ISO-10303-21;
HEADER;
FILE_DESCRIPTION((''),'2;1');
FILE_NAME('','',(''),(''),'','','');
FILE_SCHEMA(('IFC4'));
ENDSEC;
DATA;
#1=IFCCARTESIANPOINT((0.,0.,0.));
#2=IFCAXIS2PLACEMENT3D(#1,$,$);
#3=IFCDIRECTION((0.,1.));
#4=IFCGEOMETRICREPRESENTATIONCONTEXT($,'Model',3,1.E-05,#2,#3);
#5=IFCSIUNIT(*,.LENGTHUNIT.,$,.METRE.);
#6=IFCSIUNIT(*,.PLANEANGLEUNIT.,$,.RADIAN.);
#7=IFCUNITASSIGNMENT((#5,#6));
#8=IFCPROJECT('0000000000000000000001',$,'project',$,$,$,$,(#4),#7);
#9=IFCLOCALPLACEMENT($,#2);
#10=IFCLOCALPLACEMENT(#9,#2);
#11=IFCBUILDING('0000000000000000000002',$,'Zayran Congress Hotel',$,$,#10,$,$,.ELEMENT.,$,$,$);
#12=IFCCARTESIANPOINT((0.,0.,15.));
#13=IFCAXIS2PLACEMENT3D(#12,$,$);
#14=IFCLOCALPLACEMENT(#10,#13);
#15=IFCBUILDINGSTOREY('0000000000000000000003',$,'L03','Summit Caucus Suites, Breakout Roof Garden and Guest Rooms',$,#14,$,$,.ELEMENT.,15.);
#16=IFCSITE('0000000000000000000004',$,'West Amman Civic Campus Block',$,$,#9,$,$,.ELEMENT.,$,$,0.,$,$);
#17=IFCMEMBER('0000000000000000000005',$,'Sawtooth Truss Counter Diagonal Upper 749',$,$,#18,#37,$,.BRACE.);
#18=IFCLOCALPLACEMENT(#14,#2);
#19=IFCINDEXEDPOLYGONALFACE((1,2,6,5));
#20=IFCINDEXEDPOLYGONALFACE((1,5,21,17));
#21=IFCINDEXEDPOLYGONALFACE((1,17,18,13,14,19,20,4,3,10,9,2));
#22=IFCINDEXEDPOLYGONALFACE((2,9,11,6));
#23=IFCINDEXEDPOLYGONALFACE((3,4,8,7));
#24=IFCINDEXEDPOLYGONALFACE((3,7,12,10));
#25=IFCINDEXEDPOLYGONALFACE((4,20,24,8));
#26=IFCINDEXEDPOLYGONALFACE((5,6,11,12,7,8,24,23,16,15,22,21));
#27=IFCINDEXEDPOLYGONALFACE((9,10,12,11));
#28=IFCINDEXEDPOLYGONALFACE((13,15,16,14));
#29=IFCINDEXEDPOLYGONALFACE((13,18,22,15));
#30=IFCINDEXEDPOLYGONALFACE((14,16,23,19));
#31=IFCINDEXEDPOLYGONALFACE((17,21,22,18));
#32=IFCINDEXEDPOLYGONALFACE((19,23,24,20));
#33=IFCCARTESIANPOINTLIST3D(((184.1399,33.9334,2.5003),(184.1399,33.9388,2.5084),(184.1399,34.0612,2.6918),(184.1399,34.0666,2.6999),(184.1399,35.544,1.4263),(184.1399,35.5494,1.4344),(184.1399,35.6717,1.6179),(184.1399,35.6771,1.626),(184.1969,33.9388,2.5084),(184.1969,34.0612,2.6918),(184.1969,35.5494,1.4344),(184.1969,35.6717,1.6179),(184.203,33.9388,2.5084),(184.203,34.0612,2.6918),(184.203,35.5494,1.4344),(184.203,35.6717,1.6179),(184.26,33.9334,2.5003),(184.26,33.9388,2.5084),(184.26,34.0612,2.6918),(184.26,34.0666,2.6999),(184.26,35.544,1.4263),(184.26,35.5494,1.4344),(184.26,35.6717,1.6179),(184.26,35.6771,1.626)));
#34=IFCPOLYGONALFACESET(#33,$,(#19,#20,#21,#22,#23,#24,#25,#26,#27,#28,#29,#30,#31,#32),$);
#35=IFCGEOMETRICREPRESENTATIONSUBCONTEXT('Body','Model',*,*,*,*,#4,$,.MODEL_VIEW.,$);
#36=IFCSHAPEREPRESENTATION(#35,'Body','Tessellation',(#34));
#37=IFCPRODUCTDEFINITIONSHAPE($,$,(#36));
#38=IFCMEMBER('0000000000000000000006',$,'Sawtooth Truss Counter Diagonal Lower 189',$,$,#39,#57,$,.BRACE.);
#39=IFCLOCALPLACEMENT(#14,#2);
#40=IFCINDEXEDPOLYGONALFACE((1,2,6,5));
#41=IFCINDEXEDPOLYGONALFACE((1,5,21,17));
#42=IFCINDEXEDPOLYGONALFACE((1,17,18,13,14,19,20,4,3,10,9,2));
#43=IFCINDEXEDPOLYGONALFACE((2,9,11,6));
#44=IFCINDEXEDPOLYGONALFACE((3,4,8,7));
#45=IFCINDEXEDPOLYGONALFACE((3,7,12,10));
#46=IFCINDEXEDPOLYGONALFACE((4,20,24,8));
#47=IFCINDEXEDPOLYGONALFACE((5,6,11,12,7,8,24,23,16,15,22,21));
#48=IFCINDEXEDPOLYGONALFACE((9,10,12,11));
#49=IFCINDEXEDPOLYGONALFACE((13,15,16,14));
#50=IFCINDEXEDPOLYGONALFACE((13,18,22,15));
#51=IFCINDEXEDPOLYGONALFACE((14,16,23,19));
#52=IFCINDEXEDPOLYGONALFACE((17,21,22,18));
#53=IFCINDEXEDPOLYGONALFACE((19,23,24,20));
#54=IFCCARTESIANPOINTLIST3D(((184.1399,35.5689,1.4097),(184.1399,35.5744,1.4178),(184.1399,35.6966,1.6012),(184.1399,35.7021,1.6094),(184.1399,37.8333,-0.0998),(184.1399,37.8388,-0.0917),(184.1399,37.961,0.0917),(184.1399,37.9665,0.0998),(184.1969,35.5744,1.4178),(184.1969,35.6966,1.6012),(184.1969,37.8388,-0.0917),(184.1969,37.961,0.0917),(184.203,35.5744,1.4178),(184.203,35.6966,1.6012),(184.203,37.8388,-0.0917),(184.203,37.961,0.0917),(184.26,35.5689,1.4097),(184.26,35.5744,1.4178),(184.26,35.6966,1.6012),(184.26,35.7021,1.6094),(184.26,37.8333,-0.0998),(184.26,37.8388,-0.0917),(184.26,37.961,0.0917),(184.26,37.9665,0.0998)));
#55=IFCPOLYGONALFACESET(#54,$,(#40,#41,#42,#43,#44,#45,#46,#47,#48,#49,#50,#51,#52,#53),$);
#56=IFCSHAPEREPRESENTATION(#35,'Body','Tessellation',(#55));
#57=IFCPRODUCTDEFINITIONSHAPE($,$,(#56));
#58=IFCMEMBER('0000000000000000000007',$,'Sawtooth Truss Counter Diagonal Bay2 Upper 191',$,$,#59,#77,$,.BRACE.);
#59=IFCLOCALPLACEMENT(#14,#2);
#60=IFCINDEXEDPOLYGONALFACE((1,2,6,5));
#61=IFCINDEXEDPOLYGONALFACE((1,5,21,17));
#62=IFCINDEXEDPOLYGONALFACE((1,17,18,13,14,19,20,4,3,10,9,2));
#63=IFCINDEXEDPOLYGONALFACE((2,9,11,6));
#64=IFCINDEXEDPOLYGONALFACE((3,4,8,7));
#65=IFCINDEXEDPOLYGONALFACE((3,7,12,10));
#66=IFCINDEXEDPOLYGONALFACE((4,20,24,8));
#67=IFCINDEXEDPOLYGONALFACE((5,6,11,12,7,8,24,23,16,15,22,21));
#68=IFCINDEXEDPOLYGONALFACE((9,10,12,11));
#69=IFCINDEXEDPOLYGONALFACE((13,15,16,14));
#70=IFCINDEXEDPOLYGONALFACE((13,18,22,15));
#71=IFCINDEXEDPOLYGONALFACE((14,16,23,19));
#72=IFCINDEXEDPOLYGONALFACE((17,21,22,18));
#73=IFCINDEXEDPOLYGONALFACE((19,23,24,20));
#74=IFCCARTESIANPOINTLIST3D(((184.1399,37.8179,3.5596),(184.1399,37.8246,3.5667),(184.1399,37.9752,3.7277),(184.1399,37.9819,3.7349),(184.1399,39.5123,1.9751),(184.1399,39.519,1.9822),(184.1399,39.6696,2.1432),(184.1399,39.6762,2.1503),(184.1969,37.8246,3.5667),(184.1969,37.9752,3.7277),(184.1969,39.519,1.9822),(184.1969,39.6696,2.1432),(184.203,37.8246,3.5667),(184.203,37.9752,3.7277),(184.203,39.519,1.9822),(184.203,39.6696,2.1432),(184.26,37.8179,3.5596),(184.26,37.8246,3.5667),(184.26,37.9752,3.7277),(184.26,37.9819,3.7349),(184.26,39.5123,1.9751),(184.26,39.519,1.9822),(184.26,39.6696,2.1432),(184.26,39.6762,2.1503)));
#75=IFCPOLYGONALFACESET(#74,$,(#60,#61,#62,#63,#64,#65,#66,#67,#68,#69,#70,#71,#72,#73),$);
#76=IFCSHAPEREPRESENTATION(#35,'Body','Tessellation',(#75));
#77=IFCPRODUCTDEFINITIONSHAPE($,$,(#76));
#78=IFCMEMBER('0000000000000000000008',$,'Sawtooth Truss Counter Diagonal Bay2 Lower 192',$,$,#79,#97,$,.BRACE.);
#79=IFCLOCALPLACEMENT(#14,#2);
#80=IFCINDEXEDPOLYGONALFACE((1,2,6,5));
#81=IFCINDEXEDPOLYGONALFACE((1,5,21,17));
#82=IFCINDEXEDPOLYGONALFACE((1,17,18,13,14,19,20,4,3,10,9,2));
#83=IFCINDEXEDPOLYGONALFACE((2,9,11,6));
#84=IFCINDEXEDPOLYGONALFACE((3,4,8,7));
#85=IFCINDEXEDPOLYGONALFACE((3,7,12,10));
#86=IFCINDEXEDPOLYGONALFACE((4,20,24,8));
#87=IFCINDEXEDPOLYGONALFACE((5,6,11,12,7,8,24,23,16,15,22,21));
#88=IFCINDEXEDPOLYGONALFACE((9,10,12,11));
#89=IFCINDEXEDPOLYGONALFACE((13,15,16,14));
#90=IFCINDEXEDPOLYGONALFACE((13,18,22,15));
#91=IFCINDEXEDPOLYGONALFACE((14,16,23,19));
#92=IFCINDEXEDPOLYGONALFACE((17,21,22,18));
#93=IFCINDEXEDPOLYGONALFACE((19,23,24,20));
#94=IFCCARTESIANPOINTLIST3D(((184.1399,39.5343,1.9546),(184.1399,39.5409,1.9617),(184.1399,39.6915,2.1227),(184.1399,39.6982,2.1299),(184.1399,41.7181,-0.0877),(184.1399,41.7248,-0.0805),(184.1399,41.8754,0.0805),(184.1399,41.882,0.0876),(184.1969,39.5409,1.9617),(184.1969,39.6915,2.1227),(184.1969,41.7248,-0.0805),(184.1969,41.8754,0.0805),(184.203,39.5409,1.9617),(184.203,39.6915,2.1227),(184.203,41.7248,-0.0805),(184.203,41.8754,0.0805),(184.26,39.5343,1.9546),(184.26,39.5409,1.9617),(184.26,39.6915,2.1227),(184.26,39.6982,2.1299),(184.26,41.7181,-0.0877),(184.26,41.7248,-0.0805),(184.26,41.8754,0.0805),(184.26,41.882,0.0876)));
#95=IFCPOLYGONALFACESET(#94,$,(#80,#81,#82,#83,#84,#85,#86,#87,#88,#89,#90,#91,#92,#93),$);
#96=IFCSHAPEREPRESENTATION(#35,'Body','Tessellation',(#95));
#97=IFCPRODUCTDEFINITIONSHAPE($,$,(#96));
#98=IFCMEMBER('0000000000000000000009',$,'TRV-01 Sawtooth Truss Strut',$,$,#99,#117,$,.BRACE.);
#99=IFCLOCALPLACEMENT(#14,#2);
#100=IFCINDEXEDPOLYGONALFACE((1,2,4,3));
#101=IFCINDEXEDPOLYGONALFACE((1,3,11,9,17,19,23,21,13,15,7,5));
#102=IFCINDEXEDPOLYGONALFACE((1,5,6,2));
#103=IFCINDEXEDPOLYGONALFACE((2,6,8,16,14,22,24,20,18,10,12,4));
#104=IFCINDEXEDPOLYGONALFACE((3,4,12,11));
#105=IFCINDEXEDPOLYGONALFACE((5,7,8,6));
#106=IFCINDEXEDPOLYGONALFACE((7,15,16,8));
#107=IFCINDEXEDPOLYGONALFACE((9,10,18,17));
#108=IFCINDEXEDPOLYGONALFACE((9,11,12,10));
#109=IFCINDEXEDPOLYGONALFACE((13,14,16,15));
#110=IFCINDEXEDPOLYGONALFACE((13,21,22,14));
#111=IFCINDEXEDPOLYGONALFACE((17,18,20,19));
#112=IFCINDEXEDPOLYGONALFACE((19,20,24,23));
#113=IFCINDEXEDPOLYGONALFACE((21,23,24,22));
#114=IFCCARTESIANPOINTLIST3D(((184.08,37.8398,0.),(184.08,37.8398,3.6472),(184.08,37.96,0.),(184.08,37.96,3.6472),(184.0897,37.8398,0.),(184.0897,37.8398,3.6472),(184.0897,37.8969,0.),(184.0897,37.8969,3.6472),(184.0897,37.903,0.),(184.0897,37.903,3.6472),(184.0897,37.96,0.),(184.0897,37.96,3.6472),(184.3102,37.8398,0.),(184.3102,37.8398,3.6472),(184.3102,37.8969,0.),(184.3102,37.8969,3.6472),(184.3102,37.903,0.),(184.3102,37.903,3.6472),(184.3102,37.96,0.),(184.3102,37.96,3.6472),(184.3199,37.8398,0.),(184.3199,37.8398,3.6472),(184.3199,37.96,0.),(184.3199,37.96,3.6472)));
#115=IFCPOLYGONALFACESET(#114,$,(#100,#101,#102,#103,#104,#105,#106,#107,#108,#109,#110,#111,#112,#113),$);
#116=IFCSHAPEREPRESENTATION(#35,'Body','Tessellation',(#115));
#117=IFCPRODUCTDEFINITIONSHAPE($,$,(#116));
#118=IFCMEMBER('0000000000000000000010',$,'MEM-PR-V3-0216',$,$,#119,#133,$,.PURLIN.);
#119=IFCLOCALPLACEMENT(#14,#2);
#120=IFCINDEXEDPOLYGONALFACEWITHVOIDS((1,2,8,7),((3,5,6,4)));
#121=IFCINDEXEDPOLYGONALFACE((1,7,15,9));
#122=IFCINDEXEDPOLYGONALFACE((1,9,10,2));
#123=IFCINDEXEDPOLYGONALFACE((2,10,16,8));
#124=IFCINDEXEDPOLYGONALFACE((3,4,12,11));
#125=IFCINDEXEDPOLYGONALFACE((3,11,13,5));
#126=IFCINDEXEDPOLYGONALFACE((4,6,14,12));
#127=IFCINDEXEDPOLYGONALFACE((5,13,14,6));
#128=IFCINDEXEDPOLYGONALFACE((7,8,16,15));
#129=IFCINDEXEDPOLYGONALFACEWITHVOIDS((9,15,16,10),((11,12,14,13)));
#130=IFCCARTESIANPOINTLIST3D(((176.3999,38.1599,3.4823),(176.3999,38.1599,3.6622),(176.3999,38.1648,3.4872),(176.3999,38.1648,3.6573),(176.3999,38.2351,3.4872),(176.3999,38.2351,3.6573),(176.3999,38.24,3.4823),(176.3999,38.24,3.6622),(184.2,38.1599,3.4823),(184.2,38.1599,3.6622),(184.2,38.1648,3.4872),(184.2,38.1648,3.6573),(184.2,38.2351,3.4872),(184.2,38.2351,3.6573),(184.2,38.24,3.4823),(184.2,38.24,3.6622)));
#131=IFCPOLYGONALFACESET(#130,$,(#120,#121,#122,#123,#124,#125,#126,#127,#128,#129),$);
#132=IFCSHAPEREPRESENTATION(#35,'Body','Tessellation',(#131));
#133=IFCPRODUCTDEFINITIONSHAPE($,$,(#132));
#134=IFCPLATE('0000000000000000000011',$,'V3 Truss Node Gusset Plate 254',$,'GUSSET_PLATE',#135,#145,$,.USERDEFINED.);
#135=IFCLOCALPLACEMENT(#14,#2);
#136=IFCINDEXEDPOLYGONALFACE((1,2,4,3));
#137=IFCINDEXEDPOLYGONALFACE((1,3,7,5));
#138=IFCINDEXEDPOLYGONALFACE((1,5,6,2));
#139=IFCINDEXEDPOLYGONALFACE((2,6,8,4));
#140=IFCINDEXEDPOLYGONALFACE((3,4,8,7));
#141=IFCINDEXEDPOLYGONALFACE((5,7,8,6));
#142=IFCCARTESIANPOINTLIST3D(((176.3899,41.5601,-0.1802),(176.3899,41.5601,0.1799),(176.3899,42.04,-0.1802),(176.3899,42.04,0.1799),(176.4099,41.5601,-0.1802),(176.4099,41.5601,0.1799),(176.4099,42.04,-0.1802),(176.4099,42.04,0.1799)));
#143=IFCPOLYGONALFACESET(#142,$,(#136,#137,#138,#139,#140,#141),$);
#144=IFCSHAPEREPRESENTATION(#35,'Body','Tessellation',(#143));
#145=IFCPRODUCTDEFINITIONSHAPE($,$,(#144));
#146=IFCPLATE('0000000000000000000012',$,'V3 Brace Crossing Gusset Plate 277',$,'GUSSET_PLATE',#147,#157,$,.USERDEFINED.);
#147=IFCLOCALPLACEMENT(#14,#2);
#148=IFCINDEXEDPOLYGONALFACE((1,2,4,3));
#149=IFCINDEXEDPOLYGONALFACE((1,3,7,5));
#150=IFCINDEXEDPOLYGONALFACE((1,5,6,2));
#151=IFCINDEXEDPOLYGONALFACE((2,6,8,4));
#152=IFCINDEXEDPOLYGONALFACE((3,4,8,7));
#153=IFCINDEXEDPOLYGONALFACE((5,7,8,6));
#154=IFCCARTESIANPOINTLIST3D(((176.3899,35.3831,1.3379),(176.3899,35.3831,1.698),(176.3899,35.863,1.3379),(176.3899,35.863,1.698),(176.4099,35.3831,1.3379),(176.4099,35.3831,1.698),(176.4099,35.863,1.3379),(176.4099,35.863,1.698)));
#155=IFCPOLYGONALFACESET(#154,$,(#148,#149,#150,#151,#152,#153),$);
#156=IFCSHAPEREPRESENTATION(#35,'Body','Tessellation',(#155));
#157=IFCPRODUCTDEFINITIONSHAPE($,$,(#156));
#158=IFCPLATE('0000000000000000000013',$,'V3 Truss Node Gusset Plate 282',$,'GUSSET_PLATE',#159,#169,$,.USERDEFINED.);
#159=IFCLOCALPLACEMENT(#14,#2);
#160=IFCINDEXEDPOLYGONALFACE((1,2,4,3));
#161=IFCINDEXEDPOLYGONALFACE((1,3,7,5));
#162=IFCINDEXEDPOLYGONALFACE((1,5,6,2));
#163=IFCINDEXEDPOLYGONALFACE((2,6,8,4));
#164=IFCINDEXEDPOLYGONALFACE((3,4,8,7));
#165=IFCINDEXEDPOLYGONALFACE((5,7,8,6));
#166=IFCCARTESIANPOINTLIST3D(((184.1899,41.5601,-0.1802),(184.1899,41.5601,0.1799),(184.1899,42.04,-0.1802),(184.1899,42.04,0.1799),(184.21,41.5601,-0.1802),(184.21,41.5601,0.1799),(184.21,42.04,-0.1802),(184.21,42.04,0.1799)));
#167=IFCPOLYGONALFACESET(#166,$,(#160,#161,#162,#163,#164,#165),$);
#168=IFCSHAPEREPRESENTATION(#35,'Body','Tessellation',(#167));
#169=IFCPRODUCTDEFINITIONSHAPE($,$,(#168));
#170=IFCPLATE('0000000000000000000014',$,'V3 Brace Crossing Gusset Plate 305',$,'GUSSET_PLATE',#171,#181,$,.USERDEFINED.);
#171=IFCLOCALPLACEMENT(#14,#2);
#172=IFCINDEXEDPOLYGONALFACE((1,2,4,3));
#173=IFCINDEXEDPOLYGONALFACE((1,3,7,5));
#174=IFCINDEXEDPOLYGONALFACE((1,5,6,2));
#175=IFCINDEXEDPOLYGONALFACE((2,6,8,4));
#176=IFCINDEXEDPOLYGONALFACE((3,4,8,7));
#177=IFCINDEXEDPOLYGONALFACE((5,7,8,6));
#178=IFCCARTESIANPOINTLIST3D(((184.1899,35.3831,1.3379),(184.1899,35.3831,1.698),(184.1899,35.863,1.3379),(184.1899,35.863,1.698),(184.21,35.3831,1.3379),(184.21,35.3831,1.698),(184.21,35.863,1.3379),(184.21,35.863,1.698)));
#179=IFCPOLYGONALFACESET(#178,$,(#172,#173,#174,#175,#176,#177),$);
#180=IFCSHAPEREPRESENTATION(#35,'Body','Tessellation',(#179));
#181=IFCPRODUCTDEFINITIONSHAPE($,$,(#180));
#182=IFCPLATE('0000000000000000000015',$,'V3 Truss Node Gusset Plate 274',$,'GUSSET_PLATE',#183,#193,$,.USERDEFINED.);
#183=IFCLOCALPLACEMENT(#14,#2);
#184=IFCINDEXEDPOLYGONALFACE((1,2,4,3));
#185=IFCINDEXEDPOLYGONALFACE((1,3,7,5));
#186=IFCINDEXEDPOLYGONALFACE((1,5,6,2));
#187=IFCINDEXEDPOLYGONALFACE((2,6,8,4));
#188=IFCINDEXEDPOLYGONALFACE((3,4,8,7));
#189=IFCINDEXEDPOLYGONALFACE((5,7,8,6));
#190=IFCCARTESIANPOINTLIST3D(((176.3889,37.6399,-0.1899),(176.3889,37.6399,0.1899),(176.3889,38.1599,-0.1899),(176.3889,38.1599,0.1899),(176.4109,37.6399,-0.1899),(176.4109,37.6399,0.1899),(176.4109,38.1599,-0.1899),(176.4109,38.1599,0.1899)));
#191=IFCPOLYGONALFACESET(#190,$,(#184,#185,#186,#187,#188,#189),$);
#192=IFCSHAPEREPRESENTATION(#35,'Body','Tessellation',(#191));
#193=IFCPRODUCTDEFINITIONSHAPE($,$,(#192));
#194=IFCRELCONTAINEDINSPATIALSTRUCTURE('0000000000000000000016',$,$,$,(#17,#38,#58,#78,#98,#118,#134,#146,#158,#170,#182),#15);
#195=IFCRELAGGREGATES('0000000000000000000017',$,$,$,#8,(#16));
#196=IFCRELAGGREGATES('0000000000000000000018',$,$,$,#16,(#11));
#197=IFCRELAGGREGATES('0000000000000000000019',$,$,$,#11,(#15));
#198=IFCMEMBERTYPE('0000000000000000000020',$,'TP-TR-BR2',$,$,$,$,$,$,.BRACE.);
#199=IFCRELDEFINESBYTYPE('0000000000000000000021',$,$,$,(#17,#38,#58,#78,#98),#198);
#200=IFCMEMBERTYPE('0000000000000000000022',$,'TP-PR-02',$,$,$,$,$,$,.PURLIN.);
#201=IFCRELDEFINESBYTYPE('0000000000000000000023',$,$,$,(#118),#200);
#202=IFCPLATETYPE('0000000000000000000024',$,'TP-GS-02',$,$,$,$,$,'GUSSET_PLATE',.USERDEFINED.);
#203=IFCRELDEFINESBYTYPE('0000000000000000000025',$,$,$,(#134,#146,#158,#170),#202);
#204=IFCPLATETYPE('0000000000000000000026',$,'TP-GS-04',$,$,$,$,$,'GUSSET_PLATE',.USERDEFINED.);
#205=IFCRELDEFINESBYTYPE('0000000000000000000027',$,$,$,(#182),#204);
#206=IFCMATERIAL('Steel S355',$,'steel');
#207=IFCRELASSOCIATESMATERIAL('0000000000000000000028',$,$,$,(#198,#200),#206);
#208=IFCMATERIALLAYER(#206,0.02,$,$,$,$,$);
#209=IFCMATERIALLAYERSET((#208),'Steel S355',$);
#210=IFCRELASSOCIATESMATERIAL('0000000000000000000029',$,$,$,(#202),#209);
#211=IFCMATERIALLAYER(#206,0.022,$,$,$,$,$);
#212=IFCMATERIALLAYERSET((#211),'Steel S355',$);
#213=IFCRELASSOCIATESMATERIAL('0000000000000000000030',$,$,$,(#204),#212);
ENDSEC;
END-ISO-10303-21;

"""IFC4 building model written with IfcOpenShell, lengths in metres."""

from ifc_helpers import new_model, si_unit, direction, frame, origin, origin_2d, place, context, subcontext, project, spatial, rectangle, hollow_rectangle, i_section, extrude, material, layer, layer_set, material_profile, profile_set, type_object, element, save


model = new_model("IFC4")

# Units and contexts
model_context = context("Model", 3, precision=1e-05, world=origin(), true_north=direction((0.0, 1.0)))
body_context = subcontext(model_context, "Body", "Model", "MODEL_VIEW")
ifc_project = project(units=[si_unit("LENGTHUNIT", "METRE"), si_unit("PLANEANGLEUNIT", "RADIAN")], contexts=[model_context])

# Site, building, storey
site_placement = place(None, origin())
site = spatial("IfcSite", under=ifc_project, at=site_placement, Name="West Amman Civic Campus Block", CompositionType="ELEMENT", RefElevation=0.0)
building_placement = place(site_placement, origin())
building = spatial("IfcBuilding", under=site, at=building_placement, Name="Zayran Congress Hotel", CompositionType="ELEMENT")
storey_placement = place(building_placement, frame((0.0, 0.0, 15.0)))
storey = spatial("IfcBuildingStorey", under=building, at=storey_placement, Name="L03", Description="Summit Caucus Suites, Breakout Roof Garden and Guest Rooms", CompositionType="ELEMENT", Elevation=15.0)

# Shared definitions
ifc_material_1 = material(Name="Steel S355", Category="steel")

# Members
ifc_material_profile_1 = material_profile(ifc_material_1, i_section(OverallWidth=0.1201, OverallDepth=0.24, WebThickness=0.0061, FlangeThickness=0.0098, at=origin_2d()), Name="IPE 240")
ifc_profile_set_1 = profile_set([ifc_material_profile_1], Name="Steel S355")
member_type_1 = type_object("IfcMemberType", Name="TP-TR-BR2", PredefinedType="BRACE", material=ifc_profile_set_1)
member_1_placement = place(storey_placement, frame((184.2, 34.0, 2.6001), z_axis=(0.0, 0.831992, -0.554788), x_axis=(-1.0, 0.0, 0.0)))
element("IfcMember", 1, at=member_1_placement, inside=storey, type_object=member_type_1, Name="Sawtooth Truss Counter Diagonal Upper 749", PredefinedType="BRACE", context=body_context, shape_type="SweptSolid", body=[
    extrude(i_section(OverallWidth=0.1201, OverallDepth=0.24, WebThickness=0.0061, FlangeThickness=0.0098, at=origin_2d()), origin(), (0.0, 0.0, 1.0), 1.9358),
])
member_2_placement = place(storey_placement, frame((184.2, 35.6355, 1.5095), z_axis=(0.0, 0.832064, -0.554679), x_axis=(-1.0, 0.0, 0.0)))
element("IfcMember", 2, at=member_2_placement, inside=storey, type_object=member_type_1, Name="Sawtooth Truss Counter Diagonal Lower 189", PredefinedType="BRACE", context=body_context, shape_type="SweptSolid", body=[
    extrude(i_section(OverallWidth=0.1201, OverallDepth=0.24, WebThickness=0.0061, FlangeThickness=0.0098, at=origin_2d()), origin(), (0.0, 0.0, 1.0), 2.7214),
])
member_3_placement = place(storey_placement, frame((184.2, 37.8999, 3.6472), z_axis=(0.0, 0.73039, -0.68303), x_axis=(-1.0, 0.0, 0.0)))
element("IfcMember", 3, at=member_3_placement, inside=storey, type_object=member_type_1, Name="Sawtooth Truss Counter Diagonal Bay2 Upper 191", PredefinedType="BRACE", context=body_context, shape_type="SweptSolid", body=[
    extrude(i_section(OverallWidth=0.1201, OverallDepth=0.24, WebThickness=0.0061, FlangeThickness=0.0098, at=origin_2d()), origin(), (0.0, 0.0, 1.0), 2.3198),
])
member_4_placement = place(storey_placement, frame((184.2, 39.6162, 2.0422), z_axis=(0.0, 0.73039, -0.683031), x_axis=(-1.0, 0.0, 0.0)))
element("IfcMember", 4, at=member_4_placement, inside=storey, type_object=member_type_1, Name="Sawtooth Truss Counter Diagonal Bay2 Lower 192", PredefinedType="BRACE", context=body_context, shape_type="SweptSolid", body=[
    extrude(i_section(OverallWidth=0.1201, OverallDepth=0.24, WebThickness=0.0061, FlangeThickness=0.0098, at=origin_2d()), origin(), (0.0, 0.0, 1.0), 2.99),
])
member_5_placement = place(storey_placement, frame((184.2, 37.8999, 0.0), z_axis=(0.0, 0.0, 1.0), x_axis=(0.0, 1.0, 0.0)))
element("IfcMember", 5, at=member_5_placement, inside=storey, type_object=member_type_1, Name="TRV-01 Sawtooth Truss Strut", PredefinedType="BRACE", context=body_context, shape_type="SweptSolid", body=[
    extrude(i_section(OverallWidth=0.1201, OverallDepth=0.24, WebThickness=0.0061, FlangeThickness=0.0098, at=origin_2d()), origin(), (0.0, 0.0, 1.0), 3.6472),
])
ifc_material_profile_2 = material_profile(ifc_material_1, hollow_rectangle(XDim=0.0801, YDim=0.1799, WallThickness=0.0049, at=origin_2d()), Name="RHS 180x80x5")
ifc_profile_set_2 = profile_set([ifc_material_profile_2], Name="Steel S355")
member_type_2 = type_object("IfcMemberType", Name="TP-PR-02", PredefinedType="PURLIN", material=ifc_profile_set_2)
member_6_placement = place(storey_placement, frame((176.3999, 38.2, 3.5723), z_axis=(1.0, 0.0, 0.0), x_axis=(0.0, 1.0, 0.0)))
element("IfcMember", 6, at=member_6_placement, inside=storey, type_object=member_type_2, Name="MEM-PR-V3-0216", PredefinedType="PURLIN", context=body_context, shape_type="SweptSolid", body=[
    extrude(hollow_rectangle(XDim=0.0801, YDim=0.1799, WallThickness=0.0049, at=origin_2d()), origin(), (0.0, 0.0, 1.0), 7.8),
])

# Plates
ifc_layer_1 = layer(ifc_material_1, 0.02)
ifc_layer_set_1 = layer_set([ifc_layer_1], Name="Steel S355")
plate_type_1 = type_object("IfcPlateType", Name="TP-GS-02", ElementType="GUSSET_PLATE", PredefinedType="USERDEFINED", material=ifc_layer_set_1)
for number, where, z_axis, x_axis, name in (
    (7, (176.3999, 41.8, -0.1802), (0.0, 0.0, 1.0), (0.0, 1.0, 0.0), "V3 Truss Node Gusset Plate 254"),
    (8, (176.3999, 35.623, 1.3379), (0.0, 0.0, 1.0), (0.0, 1.0, 0.0), "V3 Brace Crossing Gusset Plate 277"),
    (9, (184.2, 41.8, -0.1802), (0.0, 0.0, 1.0), (0.0, 1.0, 0.0), "V3 Truss Node Gusset Plate 282"),
    (10, (184.2, 35.623, 1.3379), (0.0, 0.0, 1.0), (0.0, 1.0, 0.0), "V3 Brace Crossing Gusset Plate 305"),
):
    element("IfcPlate", number, at=place(storey_placement, frame(where, z_axis=z_axis, x_axis=x_axis)), inside=storey, type_object=plate_type_1, Name=name, ObjectType="GUSSET_PLATE", PredefinedType="USERDEFINED", context=body_context, shape_type="SweptSolid", body=[
        extrude(rectangle(XDim=0.48, YDim=0.02, at=origin_2d()), origin(), (0.0, 0.0, 1.0), 0.3601),
    ])
ifc_layer_2 = layer(ifc_material_1, 0.022)
ifc_layer_set_2 = layer_set([ifc_layer_2], Name="Steel S355")
plate_type_2 = type_object("IfcPlateType", Name="TP-GS-04", ElementType="GUSSET_PLATE", PredefinedType="USERDEFINED", material=ifc_layer_set_2)
for number, where, z_axis, x_axis, name in (
    (11, (176.3999, 37.8999, -0.1899), (0.0, 0.0, 1.0), (0.0, 1.0, 0.0), "V3 Truss Node Gusset Plate 274"),
):
    element("IfcPlate", number, at=place(storey_placement, frame(where, z_axis=z_axis, x_axis=x_axis)), inside=storey, type_object=plate_type_2, Name=name, ObjectType="GUSSET_PLATE", PredefinedType="USERDEFINED", context=body_context, shape_type="SweptSolid", body=[
        extrude(rectangle(XDim=0.52, YDim=0.022, at=origin_2d()), origin(), (0.0, 0.0, 1.0), 0.3799),
    ])

save(model, "model.ifc")
